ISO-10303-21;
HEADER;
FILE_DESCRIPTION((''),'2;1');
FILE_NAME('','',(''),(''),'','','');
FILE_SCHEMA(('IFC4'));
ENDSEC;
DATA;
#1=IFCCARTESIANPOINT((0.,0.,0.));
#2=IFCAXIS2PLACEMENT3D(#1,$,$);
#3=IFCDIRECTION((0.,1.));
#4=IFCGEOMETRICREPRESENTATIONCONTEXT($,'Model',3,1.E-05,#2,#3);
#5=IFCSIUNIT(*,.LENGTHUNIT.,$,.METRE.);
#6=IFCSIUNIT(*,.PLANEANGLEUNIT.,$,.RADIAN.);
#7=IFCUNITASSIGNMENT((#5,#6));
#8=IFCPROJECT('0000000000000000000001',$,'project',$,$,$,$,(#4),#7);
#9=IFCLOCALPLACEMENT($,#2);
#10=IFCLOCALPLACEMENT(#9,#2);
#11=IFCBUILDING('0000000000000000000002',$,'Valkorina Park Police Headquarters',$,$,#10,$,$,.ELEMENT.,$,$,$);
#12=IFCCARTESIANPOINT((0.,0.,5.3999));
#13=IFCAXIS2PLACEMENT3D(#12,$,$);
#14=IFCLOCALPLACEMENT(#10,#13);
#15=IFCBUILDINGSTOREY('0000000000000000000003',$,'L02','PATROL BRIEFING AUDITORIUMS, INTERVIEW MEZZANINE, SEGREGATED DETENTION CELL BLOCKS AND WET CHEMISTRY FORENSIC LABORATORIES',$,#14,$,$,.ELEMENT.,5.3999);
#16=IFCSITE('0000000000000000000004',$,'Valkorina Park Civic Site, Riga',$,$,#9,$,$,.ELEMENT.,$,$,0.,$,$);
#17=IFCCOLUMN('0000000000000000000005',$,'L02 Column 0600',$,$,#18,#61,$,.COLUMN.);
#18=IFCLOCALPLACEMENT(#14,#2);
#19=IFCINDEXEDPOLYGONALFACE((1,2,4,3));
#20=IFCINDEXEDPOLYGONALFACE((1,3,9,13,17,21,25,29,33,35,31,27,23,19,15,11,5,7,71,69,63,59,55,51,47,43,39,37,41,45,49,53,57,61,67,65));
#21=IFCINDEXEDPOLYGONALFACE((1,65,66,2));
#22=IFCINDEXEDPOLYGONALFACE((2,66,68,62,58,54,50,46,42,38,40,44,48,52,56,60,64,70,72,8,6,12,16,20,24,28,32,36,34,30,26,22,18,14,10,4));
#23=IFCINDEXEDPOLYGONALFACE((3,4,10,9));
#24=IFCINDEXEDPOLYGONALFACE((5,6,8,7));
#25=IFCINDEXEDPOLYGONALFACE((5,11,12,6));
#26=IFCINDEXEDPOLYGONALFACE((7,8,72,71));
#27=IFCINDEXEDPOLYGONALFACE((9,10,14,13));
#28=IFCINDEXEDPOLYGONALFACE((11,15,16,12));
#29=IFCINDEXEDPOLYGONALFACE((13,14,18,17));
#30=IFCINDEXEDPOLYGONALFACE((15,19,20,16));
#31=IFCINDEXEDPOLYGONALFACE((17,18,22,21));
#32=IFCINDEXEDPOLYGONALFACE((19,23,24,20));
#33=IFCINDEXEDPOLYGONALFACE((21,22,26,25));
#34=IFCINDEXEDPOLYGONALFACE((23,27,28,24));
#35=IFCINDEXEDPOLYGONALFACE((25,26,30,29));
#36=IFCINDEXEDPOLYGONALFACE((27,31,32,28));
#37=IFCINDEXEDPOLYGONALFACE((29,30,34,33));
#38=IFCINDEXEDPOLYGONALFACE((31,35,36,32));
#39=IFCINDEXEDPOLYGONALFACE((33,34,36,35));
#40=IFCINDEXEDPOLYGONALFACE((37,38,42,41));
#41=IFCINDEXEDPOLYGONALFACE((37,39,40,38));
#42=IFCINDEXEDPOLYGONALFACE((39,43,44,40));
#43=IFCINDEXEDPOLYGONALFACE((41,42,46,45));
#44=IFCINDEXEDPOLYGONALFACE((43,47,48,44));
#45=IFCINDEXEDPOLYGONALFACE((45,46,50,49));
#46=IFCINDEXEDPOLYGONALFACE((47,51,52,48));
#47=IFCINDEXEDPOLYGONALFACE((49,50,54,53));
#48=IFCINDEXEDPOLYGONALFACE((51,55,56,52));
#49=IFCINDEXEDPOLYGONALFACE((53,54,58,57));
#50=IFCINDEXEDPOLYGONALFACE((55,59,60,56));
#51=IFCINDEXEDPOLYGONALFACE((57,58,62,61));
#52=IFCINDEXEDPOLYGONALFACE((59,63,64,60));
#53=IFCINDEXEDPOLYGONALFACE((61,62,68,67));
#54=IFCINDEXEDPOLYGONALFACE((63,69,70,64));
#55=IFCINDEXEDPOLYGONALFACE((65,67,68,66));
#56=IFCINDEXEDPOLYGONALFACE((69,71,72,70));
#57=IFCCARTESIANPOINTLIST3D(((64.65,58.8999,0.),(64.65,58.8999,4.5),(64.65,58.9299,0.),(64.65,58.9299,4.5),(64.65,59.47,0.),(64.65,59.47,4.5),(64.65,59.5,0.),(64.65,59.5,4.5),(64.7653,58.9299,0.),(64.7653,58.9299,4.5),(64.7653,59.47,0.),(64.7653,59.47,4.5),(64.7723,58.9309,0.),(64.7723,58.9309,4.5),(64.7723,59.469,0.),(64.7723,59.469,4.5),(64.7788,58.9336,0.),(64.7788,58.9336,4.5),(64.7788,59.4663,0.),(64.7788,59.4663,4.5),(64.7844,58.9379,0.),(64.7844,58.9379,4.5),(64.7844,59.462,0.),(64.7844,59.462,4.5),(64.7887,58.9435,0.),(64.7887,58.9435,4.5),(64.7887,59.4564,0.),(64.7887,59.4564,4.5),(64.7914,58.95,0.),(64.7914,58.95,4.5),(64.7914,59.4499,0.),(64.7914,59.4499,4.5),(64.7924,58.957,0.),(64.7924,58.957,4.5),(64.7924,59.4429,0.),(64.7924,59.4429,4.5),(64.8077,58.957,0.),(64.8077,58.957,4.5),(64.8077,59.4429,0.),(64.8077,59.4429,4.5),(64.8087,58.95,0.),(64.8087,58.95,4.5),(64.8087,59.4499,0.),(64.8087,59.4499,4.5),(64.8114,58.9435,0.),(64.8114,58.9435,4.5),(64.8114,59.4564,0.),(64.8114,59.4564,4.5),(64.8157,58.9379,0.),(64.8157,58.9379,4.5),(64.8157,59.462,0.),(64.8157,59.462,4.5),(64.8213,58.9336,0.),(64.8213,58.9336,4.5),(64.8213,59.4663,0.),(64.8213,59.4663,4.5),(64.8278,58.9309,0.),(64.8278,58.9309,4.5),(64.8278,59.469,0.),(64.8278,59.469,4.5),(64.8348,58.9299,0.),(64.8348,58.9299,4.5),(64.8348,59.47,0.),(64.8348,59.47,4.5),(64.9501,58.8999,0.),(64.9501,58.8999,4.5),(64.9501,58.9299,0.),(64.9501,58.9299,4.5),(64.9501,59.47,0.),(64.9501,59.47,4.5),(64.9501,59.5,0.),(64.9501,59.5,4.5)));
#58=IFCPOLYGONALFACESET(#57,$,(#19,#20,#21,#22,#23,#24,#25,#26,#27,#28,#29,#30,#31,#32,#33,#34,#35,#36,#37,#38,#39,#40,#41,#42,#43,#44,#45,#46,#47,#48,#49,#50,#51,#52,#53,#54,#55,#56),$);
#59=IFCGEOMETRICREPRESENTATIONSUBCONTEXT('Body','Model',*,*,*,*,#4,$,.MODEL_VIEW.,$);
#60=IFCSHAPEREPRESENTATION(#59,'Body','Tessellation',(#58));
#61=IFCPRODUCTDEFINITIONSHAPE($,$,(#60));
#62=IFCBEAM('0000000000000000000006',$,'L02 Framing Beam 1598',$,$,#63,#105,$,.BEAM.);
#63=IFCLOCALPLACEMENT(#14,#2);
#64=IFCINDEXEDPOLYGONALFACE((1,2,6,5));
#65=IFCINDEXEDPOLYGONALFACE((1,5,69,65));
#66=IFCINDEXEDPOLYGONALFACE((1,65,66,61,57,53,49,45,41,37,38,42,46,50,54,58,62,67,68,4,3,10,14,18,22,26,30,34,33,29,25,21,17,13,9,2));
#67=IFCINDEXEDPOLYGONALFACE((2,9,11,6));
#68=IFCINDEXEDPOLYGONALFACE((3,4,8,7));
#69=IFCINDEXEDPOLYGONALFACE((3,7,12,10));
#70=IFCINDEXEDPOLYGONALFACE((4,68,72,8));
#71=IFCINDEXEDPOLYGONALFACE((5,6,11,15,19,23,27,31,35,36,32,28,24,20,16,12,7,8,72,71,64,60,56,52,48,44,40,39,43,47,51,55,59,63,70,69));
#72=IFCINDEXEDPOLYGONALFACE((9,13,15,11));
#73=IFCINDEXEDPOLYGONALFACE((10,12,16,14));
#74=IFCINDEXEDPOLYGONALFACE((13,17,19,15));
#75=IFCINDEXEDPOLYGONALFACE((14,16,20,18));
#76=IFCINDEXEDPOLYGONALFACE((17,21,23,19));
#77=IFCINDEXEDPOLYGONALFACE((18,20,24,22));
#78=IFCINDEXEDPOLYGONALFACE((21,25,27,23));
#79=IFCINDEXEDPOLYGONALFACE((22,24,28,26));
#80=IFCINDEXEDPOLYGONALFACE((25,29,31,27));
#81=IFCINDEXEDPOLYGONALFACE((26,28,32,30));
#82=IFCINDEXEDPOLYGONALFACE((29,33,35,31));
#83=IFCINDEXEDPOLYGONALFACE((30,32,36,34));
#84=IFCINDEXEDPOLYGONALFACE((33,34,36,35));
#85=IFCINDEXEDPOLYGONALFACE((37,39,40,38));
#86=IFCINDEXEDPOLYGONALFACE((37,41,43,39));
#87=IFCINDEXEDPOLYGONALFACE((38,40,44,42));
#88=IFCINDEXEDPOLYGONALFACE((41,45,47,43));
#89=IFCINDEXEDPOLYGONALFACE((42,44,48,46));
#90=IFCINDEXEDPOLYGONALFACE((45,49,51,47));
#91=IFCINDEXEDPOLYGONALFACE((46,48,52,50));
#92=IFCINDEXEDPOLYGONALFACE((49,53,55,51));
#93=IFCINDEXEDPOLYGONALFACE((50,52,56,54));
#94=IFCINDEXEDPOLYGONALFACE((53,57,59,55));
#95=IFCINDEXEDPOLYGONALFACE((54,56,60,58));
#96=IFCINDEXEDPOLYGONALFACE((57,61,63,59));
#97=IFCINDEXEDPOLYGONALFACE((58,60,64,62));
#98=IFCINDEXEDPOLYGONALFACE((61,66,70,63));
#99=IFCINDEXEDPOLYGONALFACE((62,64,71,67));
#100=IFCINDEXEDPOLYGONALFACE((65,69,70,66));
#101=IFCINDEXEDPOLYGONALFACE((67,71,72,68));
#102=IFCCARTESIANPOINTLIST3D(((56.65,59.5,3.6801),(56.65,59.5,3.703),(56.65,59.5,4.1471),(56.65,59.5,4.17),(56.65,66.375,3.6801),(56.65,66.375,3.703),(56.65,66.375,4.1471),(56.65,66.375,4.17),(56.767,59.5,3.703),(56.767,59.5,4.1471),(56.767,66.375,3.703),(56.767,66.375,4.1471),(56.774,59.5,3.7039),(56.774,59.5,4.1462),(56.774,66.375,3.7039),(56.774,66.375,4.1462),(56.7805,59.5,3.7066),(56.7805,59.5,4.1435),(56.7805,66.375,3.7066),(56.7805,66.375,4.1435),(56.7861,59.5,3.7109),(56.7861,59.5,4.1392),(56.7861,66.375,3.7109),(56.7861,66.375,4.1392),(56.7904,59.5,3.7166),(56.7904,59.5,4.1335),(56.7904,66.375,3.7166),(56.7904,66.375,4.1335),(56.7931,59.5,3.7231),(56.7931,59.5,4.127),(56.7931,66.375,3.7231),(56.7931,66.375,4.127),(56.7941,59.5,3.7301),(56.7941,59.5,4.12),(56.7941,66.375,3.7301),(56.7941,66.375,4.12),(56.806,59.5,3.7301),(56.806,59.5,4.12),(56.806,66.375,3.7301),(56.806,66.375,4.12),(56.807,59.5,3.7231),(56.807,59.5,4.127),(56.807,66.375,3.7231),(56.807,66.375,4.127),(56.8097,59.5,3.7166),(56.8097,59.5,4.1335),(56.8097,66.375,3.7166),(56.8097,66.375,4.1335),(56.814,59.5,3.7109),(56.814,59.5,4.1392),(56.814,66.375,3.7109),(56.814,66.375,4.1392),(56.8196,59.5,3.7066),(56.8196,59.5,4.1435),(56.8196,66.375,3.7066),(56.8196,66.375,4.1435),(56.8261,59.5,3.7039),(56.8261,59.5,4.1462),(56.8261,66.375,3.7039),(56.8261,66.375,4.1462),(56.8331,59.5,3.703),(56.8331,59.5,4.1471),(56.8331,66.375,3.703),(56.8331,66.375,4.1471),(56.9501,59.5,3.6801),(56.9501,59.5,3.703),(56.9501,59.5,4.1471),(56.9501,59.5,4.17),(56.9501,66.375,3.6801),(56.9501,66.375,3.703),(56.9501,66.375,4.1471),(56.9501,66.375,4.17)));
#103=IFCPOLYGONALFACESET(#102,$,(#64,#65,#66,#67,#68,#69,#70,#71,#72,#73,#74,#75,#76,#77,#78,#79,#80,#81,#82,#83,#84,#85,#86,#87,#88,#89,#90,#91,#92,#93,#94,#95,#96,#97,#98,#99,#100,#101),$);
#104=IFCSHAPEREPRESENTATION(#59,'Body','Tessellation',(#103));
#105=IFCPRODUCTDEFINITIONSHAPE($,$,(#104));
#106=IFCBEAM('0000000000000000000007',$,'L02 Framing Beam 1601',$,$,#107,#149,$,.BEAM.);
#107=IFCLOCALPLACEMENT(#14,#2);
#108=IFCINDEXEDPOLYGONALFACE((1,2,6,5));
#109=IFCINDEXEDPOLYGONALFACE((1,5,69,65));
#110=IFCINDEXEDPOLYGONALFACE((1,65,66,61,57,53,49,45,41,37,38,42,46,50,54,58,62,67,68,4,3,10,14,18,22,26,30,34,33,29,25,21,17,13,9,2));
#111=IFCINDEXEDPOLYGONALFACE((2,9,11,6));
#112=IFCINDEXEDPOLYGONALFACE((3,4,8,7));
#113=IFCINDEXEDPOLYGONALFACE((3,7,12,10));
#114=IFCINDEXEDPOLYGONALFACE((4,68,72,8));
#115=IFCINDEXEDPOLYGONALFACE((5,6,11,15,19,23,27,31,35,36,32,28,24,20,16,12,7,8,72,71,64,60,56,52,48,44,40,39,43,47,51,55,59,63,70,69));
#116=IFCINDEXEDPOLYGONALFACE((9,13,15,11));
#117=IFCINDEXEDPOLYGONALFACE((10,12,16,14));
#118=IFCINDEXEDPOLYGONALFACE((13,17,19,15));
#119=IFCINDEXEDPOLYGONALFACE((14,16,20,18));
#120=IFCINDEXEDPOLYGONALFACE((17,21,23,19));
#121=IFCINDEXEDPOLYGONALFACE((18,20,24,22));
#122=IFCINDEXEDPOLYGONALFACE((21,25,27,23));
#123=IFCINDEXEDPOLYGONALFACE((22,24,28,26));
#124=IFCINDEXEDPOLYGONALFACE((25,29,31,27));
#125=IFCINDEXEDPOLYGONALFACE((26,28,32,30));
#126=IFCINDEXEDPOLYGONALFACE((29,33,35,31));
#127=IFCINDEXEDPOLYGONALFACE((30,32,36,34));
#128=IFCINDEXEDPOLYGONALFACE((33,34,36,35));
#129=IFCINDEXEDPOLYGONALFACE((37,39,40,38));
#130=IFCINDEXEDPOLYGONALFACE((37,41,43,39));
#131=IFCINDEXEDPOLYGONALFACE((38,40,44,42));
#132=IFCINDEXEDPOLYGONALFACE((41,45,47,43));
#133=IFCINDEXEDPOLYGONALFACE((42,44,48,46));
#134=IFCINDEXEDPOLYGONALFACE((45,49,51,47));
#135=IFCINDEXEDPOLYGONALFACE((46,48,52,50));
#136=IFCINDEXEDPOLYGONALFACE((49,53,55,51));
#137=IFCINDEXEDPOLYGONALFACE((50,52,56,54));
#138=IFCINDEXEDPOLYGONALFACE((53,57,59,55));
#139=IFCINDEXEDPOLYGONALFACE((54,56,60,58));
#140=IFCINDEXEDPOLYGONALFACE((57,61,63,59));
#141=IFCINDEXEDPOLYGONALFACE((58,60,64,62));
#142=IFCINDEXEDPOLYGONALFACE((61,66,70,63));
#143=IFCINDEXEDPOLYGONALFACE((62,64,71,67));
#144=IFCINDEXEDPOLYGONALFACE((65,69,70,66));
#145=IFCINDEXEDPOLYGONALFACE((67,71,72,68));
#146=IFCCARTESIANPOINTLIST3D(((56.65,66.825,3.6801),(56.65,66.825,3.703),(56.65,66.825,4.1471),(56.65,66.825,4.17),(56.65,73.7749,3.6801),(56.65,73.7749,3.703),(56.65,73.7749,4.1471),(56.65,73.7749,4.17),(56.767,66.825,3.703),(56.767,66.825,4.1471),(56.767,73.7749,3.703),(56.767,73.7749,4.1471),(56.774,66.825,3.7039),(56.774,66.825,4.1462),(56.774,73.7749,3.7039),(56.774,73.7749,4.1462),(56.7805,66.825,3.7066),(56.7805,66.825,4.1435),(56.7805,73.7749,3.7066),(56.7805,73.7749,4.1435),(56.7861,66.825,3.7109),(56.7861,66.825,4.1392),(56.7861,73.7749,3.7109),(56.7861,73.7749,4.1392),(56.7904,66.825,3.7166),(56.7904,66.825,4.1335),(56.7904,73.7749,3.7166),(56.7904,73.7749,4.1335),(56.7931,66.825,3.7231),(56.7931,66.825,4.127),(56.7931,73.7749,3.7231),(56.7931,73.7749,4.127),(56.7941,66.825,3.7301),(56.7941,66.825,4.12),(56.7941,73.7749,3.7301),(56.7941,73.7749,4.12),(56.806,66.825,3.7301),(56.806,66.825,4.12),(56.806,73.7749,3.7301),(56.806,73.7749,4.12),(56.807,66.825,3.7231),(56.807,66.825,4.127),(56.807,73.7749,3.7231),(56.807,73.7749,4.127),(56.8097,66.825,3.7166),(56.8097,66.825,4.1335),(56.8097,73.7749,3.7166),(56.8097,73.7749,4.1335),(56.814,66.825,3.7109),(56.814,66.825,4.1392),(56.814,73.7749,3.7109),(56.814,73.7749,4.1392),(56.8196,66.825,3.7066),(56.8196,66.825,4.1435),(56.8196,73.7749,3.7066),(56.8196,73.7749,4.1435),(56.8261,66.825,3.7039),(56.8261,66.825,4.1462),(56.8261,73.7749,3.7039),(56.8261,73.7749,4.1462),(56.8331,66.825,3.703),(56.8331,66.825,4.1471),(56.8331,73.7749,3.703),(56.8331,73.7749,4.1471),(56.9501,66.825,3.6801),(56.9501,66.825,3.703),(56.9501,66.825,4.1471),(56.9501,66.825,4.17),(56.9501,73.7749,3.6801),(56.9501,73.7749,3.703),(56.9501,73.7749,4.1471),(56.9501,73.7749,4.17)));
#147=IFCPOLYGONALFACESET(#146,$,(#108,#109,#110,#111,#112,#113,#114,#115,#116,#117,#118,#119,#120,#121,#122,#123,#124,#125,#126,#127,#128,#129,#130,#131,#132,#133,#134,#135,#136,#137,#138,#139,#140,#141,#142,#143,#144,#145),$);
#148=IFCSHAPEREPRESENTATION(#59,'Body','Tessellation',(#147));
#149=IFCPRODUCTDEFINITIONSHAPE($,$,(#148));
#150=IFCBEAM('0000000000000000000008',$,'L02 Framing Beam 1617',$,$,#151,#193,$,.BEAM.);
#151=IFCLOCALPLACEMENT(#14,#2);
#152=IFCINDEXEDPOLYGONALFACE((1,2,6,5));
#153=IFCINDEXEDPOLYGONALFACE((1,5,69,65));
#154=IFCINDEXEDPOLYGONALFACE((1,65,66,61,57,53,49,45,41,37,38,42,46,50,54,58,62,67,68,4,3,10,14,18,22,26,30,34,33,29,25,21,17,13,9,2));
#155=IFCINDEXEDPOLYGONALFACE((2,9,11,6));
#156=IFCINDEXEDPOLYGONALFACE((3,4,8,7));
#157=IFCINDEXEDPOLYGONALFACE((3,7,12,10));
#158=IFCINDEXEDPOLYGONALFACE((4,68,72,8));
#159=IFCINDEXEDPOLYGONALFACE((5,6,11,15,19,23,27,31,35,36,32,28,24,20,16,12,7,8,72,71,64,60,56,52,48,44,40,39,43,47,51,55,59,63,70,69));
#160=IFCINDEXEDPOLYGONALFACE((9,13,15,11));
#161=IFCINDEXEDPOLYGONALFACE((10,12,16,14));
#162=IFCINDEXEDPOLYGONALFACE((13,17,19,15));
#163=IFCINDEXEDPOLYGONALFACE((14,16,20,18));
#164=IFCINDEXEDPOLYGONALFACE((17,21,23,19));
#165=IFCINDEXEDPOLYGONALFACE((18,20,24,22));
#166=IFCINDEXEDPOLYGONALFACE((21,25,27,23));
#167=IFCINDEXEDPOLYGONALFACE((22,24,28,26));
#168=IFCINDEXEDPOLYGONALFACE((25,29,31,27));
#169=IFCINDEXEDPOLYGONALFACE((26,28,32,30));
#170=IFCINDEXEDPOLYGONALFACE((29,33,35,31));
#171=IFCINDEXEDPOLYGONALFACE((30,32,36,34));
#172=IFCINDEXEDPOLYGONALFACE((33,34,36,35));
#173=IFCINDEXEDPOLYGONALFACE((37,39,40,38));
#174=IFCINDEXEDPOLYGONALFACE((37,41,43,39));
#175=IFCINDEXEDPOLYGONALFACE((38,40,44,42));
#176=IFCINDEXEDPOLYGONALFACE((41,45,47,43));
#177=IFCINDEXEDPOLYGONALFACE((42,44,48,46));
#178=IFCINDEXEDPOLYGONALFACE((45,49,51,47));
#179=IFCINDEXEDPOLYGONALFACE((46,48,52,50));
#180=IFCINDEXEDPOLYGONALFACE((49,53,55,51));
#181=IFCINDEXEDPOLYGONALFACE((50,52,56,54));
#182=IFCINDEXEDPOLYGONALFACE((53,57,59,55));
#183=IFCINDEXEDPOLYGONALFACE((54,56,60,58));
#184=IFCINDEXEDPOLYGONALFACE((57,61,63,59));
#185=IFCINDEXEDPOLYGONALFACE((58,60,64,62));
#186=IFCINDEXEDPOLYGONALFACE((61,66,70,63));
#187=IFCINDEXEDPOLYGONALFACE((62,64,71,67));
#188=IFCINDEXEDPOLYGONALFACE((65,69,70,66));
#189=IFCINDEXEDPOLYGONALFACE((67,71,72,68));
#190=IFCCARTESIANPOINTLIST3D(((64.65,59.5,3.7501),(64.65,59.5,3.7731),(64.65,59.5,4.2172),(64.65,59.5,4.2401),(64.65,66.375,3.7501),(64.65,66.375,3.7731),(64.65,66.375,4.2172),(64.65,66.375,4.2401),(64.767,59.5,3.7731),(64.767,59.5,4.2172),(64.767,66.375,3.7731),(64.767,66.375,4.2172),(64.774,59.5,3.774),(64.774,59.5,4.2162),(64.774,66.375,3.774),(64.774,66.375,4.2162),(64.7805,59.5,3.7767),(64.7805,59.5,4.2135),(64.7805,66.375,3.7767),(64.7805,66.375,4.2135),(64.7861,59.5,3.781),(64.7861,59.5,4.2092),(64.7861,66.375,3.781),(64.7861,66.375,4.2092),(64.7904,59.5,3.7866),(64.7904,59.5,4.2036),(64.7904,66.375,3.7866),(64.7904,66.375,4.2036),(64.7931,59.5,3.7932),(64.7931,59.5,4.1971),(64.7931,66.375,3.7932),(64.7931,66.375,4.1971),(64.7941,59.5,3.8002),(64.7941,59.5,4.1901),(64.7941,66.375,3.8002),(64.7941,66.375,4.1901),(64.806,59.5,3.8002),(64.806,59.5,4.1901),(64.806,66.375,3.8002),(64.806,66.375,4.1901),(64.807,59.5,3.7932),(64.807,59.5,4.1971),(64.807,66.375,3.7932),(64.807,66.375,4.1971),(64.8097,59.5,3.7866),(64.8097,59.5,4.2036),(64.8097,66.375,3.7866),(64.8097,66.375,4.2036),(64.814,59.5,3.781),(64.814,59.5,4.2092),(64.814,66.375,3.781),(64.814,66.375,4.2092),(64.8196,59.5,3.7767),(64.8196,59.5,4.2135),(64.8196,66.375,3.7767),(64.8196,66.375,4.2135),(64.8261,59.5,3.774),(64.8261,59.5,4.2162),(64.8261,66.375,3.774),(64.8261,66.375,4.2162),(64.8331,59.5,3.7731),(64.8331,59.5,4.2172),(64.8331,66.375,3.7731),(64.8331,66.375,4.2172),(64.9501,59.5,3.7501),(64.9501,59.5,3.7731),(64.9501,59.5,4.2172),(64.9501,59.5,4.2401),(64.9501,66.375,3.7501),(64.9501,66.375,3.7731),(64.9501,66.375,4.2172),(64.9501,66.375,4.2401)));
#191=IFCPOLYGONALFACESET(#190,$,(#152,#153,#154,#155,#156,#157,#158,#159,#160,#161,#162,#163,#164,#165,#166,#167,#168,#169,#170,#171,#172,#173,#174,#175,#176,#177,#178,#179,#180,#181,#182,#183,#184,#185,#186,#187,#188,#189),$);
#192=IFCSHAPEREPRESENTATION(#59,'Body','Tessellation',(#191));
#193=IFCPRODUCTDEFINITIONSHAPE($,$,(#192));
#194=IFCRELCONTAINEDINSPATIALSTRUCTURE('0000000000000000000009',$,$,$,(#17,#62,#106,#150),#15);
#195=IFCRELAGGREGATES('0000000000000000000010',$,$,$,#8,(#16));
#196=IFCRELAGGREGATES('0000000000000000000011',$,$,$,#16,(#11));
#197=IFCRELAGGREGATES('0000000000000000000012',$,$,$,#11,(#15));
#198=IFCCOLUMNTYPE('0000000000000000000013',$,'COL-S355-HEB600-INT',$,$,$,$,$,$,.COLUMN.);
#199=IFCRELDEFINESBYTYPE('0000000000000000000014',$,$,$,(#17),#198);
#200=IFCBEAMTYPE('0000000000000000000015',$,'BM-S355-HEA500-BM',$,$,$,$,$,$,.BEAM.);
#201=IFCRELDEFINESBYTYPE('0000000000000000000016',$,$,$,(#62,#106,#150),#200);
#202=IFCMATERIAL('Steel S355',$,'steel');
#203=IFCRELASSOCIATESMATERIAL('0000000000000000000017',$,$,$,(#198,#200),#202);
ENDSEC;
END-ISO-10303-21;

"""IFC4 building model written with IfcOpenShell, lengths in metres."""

from ifc_helpers import new_model, si_unit, direction, frame, origin, origin_2d, place, context, subcontext, project, spatial, i_section, extrude, material, material_profile, profile_set, type_object, element, save


model = new_model("IFC4")

# Units and contexts
model_context = context("Model", 3, precision=1e-05, world=origin(), true_north=direction((0.0, 1.0)))
body_context = subcontext(model_context, "Body", "Model", "MODEL_VIEW")
ifc_project = project(units=[si_unit("LENGTHUNIT", "METRE"), si_unit("PLANEANGLEUNIT", "RADIAN")], contexts=[model_context])

# Site, building, storey
site_placement = place(None, origin())
site = spatial("IfcSite", under=ifc_project, at=site_placement, Name="Valkorina Park Civic Site, Riga", CompositionType="ELEMENT", RefElevation=0.0)
building_placement = place(site_placement, origin())
building = spatial("IfcBuilding", under=site, at=building_placement, Name="Valkorina Park Police Headquarters", CompositionType="ELEMENT")
storey_placement = place(building_placement, frame((0.0, 0.0, 5.3999)))
storey = spatial("IfcBuildingStorey", under=building, at=storey_placement, Name="L02", Description="PATROL BRIEFING AUDITORIUMS, INTERVIEW MEZZANINE, SEGREGATED DETENTION CELL BLOCKS AND WET CHEMISTRY FORENSIC LABORATORIES", CompositionType="ELEMENT", Elevation=5.3999)

# Column
ifc_material_1 = material(Name="Steel S355", Category="steel")
ifc_material_profile_1 = material_profile(ifc_material_1, i_section(OverallWidth=0.3, OverallDepth=0.6001, WebThickness=0.0154, FlangeThickness=0.03, FilletRadius=0.0271, at=origin_2d()), Name="HEB 600")
ifc_profile_set_1 = profile_set([ifc_material_profile_1], Name="Steel S355")
column_type_1 = type_object("IfcColumnType", Name="COL-S355-HEB600-INT", PredefinedType="COLUMN", material=ifc_profile_set_1)
for number, where, z_axis, x_axis, name in (
    (1, (64.8, 59.2, 0.0), (0.0, 0.0, 1.0), (1.0, 0.0, 0.0), "L02 Column 0600"),
):
    element("IfcColumn", number, at=place(storey_placement, frame(where, z_axis=z_axis, x_axis=x_axis)), inside=storey, type_object=column_type_1, Name=name, PredefinedType="COLUMN", context=body_context, shape_type="SweptSolid", body=[
        extrude(i_section(OverallWidth=0.3, OverallDepth=0.6001, WebThickness=0.0154, FlangeThickness=0.03, FilletRadius=0.0271, at=origin_2d()), origin(), (0.0, 0.0, 1.0), 4.5),
    ])

# Beams
ifc_material_profile_2 = material_profile(ifc_material_1, i_section(OverallWidth=0.3, OverallDepth=0.49, WebThickness=0.012, FlangeThickness=0.0229, FilletRadius=0.0271, at=origin_2d()), Name="HEA 500")
ifc_profile_set_2 = profile_set([ifc_material_profile_2], Name="Steel S355")
beam_type_1 = type_object("IfcBeamType", Name="BM-S355-HEA500-BM", PredefinedType="BEAM", material=ifc_profile_set_2)
beam_1_placement = place(storey_placement, frame((56.8, 59.5, 3.925), z_axis=(0.0, 1.0, 0.0), x_axis=(-1.0, 0.0, 0.0)))
element("IfcBeam", 2, at=beam_1_placement, inside=storey, type_object=beam_type_1, Name="L02 Framing Beam 1598", PredefinedType="BEAM", context=body_context, shape_type="SweptSolid", body=[
    extrude(i_section(OverallWidth=0.3, OverallDepth=0.49, WebThickness=0.012, FlangeThickness=0.0229, FilletRadius=0.0271, at=origin_2d()), origin(), (0.0, 0.0, 1.0), 6.875),
])
beam_2_placement = place(storey_placement, frame((56.8, 66.825, 3.925), z_axis=(0.0, 1.0, 0.0), x_axis=(-1.0, 0.0, 0.0)))
element("IfcBeam", 3, at=beam_2_placement, inside=storey, type_object=beam_type_1, Name="L02 Framing Beam 1601", PredefinedType="BEAM", context=body_context, shape_type="SweptSolid", body=[
    extrude(i_section(OverallWidth=0.3, OverallDepth=0.49, WebThickness=0.012, FlangeThickness=0.0229, FilletRadius=0.0271, at=origin_2d()), origin(), (0.0, 0.0, 1.0), 6.95),
])
beam_3_placement = place(storey_placement, frame((64.8, 59.5, 3.9951), z_axis=(0.0, 1.0, 0.0), x_axis=(-1.0, 0.0, 0.0)))
element("IfcBeam", 4, at=beam_3_placement, inside=storey, type_object=beam_type_1, Name="L02 Framing Beam 1617", PredefinedType="BEAM", context=body_context, shape_type="SweptSolid", body=[
    extrude(i_section(OverallWidth=0.3, OverallDepth=0.49, WebThickness=0.012, FlangeThickness=0.0229, FilletRadius=0.0271, at=origin_2d()), origin(), (0.0, 0.0, 1.0), 6.875),
])

save(model, "model.ifc")
